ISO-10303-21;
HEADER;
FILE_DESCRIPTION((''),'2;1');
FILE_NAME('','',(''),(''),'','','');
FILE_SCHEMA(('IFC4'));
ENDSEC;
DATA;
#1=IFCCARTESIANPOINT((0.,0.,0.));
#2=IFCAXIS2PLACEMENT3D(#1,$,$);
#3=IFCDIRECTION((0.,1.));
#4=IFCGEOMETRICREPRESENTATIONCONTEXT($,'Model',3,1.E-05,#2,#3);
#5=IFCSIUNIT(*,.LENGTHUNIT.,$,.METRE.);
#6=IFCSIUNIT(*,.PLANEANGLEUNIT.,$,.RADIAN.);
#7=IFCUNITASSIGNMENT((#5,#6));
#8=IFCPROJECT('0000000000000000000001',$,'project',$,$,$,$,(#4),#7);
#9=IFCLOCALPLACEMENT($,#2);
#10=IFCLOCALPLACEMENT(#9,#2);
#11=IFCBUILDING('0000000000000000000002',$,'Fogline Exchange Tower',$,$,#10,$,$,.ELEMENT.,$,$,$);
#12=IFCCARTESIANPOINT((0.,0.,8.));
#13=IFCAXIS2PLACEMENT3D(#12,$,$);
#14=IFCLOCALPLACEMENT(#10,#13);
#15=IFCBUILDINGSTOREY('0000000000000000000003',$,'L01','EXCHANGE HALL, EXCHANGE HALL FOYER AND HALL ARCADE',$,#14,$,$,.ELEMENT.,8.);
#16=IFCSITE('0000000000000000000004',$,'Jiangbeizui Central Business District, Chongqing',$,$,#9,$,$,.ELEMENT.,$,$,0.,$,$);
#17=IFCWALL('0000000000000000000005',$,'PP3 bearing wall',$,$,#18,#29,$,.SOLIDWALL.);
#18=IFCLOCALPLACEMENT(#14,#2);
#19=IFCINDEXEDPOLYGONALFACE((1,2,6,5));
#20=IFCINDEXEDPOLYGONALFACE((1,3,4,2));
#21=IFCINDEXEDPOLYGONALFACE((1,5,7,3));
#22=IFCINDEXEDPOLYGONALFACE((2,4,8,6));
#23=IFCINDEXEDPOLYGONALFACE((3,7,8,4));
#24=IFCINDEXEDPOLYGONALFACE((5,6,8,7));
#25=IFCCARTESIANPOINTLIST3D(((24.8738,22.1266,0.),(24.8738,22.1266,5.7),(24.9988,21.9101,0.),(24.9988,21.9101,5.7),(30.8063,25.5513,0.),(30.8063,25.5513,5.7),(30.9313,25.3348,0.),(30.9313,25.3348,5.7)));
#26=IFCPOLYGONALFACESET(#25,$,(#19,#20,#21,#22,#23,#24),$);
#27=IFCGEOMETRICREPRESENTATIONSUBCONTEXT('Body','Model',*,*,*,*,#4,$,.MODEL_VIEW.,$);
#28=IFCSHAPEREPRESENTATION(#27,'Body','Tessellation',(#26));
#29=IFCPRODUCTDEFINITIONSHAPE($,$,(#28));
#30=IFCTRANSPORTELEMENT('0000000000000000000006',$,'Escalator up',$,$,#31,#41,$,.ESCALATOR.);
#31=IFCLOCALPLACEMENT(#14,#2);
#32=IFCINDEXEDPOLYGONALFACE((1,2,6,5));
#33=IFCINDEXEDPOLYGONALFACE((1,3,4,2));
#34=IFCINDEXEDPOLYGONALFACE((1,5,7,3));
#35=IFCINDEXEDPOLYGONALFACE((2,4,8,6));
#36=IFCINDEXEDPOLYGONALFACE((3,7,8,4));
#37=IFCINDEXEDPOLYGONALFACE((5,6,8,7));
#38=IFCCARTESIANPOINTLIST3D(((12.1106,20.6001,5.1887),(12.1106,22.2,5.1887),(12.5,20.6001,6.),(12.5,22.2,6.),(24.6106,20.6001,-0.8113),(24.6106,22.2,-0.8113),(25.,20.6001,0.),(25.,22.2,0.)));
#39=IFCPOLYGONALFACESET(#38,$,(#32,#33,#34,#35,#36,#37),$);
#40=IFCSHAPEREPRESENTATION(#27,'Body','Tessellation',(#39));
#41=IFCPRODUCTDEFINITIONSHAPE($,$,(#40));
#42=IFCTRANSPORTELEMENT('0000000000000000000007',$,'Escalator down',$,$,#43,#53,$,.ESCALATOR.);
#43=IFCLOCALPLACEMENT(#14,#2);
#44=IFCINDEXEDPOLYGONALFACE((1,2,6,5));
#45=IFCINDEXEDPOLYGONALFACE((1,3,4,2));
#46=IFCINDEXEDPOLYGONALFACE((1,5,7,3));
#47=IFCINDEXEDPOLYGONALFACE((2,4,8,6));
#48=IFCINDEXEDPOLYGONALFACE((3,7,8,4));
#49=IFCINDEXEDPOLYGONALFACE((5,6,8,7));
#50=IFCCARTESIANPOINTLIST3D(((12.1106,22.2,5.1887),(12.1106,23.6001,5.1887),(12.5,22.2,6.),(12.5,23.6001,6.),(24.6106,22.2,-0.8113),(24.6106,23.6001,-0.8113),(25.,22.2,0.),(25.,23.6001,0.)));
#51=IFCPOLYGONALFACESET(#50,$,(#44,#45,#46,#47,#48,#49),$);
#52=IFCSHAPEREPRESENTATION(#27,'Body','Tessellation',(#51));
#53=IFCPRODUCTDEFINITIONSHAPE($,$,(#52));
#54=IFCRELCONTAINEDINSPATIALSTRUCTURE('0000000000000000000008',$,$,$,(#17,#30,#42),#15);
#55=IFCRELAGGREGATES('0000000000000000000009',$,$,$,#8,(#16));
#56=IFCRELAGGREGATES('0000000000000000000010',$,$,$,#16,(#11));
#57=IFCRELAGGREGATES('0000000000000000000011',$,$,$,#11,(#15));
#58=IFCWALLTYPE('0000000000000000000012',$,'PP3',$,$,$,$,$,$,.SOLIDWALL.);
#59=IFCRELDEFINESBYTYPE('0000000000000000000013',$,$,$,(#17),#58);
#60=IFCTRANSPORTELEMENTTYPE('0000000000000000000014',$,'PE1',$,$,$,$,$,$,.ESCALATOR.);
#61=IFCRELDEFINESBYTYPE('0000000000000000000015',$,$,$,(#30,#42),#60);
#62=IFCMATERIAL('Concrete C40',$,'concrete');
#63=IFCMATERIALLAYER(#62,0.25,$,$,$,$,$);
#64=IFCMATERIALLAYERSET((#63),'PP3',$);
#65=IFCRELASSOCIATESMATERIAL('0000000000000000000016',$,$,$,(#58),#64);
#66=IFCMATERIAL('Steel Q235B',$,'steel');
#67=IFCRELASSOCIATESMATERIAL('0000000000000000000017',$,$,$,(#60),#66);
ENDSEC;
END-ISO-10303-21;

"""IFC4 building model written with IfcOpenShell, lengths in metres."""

from ifc_helpers import new_model, si_unit, direction, frame, frame_2d, origin, place, context, subcontext, project, spatial, polyline, rectangle, outline, extrude, material, layer, layer_set, type_object, element, save


model = new_model("IFC4")

# Units and contexts
model_context = context("Model", 3, precision=1e-05, world=origin(), true_north=direction((0.0, 1.0)))
body_context = subcontext(model_context, "Body", "Model", "MODEL_VIEW")
ifc_project = project(units=[si_unit("LENGTHUNIT", "METRE"), si_unit("PLANEANGLEUNIT", "RADIAN")], contexts=[model_context])

# Site, building, storey
site_placement = place(None, origin())
site = spatial("IfcSite", under=ifc_project, at=site_placement, Name="Jiangbeizui Central Business District, Chongqing", CompositionType="ELEMENT", RefElevation=0.0)
building_placement = place(site_placement, origin())
building = spatial("IfcBuilding", under=site, at=building_placement, Name="Fogline Exchange Tower", CompositionType="ELEMENT")
storey_placement = place(building_placement, frame((0.0, 0.0, 8.0)))
storey = spatial("IfcBuildingStorey", under=building, at=storey_placement, Name="L01", Description="EXCHANGE HALL, EXCHANGE HALL FOYER AND HALL ARCADE", CompositionType="ELEMENT", Elevation=8.0)

# Wall
ifc_material_1 = material(Name="Concrete C40", Category="concrete")
ifc_layer_1 = layer(ifc_material_1, 0.25)
ifc_layer_set_1 = layer_set([ifc_layer_1], Name="PP3")
wall_type_1 = type_object("IfcWallType", Name="PP3", PredefinedType="SOLIDWALL", material=ifc_layer_set_1)
wall_1_placement = place(storey_placement, frame((24.9363, 22.0183, 0.0), z_axis=(0.0, 0.0, 1.0), x_axis=(0.86605, 0.499957, 0.0)))
element("IfcWall", 1, at=wall_1_placement, inside=storey, type_object=wall_type_1, Name="PP3 bearing wall", PredefinedType="SOLIDWALL", context=body_context, shape_type="SweptSolid", body=[
    extrude(rectangle(XDim=6.8501, YDim=0.25, at=frame_2d((3.425, 0.0))), origin(), (0.0, 0.0, 1.0), 5.7),
])

# Transport elements
ifc_material_2 = material(Name="Steel Q235B", Category="steel")
transport_element_type = type_object("IfcTransportElementType", Name="PE1", PredefinedType="ESCALATOR", material=ifc_material_2)
transport_element_1_placement = place(storey_placement, frame((25.0, 20.6001, 0.0), z_axis=(0.432731, 0.0, 0.901523), x_axis=(0.0, 1.0, 0.0)))
element("IfcTransportElement", 2, at=transport_element_1_placement, inside=storey, type_object=transport_element_type, Name="Escalator up", PredefinedType="ESCALATOR", context=body_context, shape_type="SweptSolid", body=[
    extrude(outline(polyline([(0.0, 0.0), (1.5999, 0.0), (1.5999, 13.8654), (0.0, 13.8654), (0.0, 0.0)])), origin(), (0.0, 0.0, -1.0), 0.8999),
])
transport_element_2_placement = place(storey_placement, frame((25.0, 22.2, 0.0), z_axis=(0.432731, 0.0, 0.901523), x_axis=(0.0, 1.0, 0.0)))
element("IfcTransportElement", 3, at=transport_element_2_placement, inside=storey, type_object=transport_element_type, Name="Escalator down", PredefinedType="ESCALATOR", context=body_context, shape_type="SweptSolid", body=[
    extrude(outline(polyline([(0.0, 0.0), (1.4001, 0.0), (1.4001, 13.8654), (0.0, 13.8654), (0.0, 0.0)])), origin(), (0.0, 0.0, -1.0), 0.8999),
])

save(model, "model.ifc")
